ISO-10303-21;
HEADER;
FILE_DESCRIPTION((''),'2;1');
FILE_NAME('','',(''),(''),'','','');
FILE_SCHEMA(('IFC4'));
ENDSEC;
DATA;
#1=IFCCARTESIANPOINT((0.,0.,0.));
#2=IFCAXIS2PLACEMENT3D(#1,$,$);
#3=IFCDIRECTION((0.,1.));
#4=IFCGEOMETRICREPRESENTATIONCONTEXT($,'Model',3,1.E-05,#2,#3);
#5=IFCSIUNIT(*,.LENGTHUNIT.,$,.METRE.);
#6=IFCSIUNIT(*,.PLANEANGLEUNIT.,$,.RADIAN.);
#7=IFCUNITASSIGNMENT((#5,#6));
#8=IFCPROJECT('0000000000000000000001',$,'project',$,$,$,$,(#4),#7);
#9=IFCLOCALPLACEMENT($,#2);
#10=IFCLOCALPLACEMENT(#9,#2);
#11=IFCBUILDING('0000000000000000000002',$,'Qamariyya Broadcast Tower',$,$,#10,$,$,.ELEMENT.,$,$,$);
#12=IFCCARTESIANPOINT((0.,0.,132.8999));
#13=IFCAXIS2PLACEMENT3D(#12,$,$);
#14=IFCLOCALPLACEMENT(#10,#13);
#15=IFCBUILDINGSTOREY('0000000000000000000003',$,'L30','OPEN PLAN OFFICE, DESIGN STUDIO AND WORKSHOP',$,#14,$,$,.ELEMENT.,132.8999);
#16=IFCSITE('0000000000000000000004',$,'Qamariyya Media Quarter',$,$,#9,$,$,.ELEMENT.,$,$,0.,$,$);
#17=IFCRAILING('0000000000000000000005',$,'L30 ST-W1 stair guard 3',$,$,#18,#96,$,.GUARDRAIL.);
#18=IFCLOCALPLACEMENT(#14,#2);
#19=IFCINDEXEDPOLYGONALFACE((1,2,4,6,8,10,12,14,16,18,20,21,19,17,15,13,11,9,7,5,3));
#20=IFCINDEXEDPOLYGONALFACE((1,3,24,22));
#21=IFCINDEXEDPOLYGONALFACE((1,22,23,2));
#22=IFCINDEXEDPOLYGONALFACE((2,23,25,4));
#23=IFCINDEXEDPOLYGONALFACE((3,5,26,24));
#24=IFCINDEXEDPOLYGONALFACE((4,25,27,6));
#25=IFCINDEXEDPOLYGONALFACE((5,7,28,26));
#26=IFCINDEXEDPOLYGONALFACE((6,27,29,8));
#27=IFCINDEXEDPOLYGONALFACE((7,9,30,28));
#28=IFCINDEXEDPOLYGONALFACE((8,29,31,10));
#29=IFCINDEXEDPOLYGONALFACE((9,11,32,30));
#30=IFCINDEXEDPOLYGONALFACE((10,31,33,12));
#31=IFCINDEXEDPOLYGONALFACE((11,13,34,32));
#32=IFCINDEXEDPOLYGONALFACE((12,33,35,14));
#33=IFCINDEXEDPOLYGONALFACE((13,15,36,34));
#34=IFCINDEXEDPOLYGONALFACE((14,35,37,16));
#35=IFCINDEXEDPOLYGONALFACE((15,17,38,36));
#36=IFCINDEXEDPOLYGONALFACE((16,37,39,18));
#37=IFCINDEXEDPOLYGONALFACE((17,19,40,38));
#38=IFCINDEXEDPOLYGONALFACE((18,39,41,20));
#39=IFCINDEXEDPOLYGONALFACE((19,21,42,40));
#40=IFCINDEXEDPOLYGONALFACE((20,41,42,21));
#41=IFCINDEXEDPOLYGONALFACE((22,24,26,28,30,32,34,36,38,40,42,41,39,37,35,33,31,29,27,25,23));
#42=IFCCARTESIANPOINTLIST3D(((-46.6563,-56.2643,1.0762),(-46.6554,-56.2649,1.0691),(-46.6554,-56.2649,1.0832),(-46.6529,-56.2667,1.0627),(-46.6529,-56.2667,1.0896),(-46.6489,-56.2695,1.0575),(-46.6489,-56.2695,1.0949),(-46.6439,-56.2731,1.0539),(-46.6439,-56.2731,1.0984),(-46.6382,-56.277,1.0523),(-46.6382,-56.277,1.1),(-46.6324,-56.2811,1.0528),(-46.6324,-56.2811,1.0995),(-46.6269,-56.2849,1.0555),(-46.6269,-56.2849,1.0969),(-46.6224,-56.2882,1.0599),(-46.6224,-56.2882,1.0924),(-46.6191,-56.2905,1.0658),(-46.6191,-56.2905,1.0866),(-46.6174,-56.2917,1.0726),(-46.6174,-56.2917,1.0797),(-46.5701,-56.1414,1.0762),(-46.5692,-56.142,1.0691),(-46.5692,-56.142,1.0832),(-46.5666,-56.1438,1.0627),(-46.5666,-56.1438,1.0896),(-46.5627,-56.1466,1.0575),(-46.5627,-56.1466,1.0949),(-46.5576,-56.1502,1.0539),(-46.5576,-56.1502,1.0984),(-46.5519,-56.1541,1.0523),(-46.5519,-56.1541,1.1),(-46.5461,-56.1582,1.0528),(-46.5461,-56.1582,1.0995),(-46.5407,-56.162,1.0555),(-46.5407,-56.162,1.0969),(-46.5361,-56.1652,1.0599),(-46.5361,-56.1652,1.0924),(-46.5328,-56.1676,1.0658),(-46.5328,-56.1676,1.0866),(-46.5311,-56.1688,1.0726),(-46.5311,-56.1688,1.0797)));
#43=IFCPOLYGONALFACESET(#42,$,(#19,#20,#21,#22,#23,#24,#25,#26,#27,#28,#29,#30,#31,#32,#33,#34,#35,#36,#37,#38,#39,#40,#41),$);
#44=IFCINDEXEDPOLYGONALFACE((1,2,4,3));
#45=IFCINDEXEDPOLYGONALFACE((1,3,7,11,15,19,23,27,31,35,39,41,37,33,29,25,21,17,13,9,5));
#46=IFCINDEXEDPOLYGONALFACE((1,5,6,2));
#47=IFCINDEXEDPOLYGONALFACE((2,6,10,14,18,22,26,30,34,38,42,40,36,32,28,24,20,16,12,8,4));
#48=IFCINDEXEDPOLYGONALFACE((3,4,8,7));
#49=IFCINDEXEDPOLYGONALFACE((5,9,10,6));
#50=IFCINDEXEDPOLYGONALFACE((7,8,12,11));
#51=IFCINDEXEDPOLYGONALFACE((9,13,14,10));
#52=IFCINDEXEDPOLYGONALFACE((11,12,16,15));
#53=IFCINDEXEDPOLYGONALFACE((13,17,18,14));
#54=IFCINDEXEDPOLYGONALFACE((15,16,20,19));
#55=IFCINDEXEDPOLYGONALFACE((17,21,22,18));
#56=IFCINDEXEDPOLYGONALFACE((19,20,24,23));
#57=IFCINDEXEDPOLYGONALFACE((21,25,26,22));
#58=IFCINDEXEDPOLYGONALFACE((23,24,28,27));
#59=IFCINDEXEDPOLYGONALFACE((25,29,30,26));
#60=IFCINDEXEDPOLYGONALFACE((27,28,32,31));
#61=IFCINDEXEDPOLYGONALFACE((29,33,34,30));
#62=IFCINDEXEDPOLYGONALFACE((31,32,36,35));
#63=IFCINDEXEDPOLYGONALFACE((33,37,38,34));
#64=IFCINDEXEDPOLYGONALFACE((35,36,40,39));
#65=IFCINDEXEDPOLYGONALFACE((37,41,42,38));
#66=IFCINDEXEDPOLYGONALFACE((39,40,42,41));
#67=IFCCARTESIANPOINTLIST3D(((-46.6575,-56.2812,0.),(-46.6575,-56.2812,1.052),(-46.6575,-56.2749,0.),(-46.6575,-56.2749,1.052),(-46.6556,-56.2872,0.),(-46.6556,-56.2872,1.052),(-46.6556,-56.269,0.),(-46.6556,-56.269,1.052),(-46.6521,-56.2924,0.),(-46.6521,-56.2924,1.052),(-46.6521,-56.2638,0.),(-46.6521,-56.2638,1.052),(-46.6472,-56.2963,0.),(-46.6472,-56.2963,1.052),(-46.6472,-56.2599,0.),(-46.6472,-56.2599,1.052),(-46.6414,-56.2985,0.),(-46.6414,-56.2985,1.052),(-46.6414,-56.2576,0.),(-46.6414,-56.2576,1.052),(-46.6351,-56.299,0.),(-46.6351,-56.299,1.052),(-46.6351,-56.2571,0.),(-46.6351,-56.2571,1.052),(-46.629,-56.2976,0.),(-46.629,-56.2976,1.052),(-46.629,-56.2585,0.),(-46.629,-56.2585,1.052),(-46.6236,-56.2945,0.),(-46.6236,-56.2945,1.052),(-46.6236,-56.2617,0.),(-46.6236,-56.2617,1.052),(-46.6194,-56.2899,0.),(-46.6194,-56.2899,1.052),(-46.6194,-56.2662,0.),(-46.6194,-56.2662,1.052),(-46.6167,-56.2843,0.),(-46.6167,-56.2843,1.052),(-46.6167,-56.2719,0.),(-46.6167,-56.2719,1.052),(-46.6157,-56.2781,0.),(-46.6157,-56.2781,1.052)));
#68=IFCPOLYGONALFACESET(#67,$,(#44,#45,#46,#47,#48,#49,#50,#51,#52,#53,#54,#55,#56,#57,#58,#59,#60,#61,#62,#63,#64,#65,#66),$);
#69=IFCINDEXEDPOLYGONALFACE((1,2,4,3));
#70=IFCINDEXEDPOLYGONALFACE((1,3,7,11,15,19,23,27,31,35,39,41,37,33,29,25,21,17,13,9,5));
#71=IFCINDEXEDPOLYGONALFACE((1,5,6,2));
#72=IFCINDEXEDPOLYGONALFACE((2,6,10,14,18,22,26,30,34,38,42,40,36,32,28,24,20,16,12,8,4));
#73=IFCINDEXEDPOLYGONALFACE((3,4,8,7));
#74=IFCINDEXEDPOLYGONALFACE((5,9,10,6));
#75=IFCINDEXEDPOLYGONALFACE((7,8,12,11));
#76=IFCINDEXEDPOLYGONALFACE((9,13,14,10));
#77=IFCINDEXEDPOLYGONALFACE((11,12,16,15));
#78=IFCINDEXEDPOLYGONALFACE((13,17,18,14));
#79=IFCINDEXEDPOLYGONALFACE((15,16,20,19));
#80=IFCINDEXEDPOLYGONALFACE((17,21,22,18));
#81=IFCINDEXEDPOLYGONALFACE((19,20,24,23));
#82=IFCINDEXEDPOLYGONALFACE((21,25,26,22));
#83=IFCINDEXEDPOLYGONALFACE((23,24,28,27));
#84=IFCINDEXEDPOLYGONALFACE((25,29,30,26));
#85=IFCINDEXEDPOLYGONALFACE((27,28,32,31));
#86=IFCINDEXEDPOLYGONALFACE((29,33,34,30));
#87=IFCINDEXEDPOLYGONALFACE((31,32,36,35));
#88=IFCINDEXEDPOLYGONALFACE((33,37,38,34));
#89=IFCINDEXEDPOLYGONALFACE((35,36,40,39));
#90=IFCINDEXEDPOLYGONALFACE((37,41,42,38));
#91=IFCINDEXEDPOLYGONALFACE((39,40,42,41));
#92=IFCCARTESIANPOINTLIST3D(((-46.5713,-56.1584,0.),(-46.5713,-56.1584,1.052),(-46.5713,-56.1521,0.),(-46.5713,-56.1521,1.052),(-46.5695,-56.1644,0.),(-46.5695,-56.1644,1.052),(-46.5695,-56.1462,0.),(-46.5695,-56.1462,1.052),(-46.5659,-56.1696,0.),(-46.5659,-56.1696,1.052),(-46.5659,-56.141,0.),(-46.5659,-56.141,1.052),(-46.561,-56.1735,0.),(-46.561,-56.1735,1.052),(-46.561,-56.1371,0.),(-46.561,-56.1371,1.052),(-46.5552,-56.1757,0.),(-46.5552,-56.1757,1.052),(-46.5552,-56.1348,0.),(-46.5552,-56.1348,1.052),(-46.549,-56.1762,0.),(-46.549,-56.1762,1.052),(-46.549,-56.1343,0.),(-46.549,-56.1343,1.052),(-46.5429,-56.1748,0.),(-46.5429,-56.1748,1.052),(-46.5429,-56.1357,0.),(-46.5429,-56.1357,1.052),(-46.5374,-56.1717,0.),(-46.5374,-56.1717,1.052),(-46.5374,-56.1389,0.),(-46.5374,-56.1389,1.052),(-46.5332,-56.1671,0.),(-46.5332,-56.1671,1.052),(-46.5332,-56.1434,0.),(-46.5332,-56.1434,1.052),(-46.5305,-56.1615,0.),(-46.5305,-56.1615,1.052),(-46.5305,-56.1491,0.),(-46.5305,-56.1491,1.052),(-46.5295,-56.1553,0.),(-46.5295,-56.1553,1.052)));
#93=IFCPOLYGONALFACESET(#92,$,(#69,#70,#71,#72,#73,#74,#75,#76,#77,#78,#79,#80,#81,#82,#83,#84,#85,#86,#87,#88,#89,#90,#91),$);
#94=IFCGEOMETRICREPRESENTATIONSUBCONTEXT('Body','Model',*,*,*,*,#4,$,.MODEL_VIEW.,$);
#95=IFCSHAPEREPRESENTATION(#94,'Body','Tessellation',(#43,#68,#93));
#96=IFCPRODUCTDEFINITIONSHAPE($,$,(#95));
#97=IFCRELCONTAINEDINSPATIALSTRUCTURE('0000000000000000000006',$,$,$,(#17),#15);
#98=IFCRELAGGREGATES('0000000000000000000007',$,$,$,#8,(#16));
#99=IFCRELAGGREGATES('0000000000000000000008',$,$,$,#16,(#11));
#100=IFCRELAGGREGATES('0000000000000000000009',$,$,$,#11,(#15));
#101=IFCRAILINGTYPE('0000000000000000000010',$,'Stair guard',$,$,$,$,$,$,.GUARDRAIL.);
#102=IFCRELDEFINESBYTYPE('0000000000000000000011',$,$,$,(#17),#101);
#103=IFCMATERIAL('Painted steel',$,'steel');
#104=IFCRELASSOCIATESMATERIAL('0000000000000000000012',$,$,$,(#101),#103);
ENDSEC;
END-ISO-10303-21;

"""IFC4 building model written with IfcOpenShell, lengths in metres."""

from ifc_helpers import new_model, si_unit, direction, frame, origin, origin_2d, place, context, subcontext, project, spatial, circle, extrude, material, type_object, element, save


model = new_model("IFC4")

# Units and contexts
model_context = context("Model", 3, precision=1e-05, world=origin(), true_north=direction((0.0, 1.0)))
body_context = subcontext(model_context, "Body", "Model", "MODEL_VIEW")
ifc_project = project(units=[si_unit("LENGTHUNIT", "METRE"), si_unit("PLANEANGLEUNIT", "RADIAN")], contexts=[model_context])

# Site, building, storey
site_placement = place(None, origin())
site = spatial("IfcSite", under=ifc_project, at=site_placement, Name="Qamariyya Media Quarter", CompositionType="ELEMENT", RefElevation=0.0)
building_placement = place(site_placement, origin())
building = spatial("IfcBuilding", under=site, at=building_placement, Name="Qamariyya Broadcast Tower", CompositionType="ELEMENT")
storey_placement = place(building_placement, frame((0.0, 0.0, 132.8999)))
storey = spatial("IfcBuildingStorey", under=building, at=storey_placement, Name="L30", Description="OPEN PLAN OFFICE, DESIGN STUDIO AND WORKSHOP", CompositionType="ELEMENT", Elevation=132.8999)

# Railing
ifc_material_1 = material(Name="Painted steel", Category="steel")
railing_type_1 = type_object("IfcRailingType", Name="Stair guard", PredefinedType="GUARDRAIL", material=ifc_material_1)
railing_1_placement = place(storey_placement, frame((-46.6367, -56.2781, 0.0)))
element("IfcRailing", 1, at=railing_1_placement, inside=storey, type_object=railing_type_1, Name="L30 ST-W1 stair guard 3", PredefinedType="GUARDRAIL", context=body_context, shape_type="SweptSolid", body=[
    extrude(circle(Radius=0.0239, at=origin_2d()), frame((0.0, 0.0, 1.0762), z_axis=(0.574445, 0.818543, 0.0), x_axis=(-0.818543, 0.574445, 0.0)), (0.0, 0.0, 1.0), 0.1501),
    extrude(circle(Radius=0.021, at=origin_2d()), origin(), (0.0, 0.0, 1.0), 1.052),
    extrude(circle(Radius=0.021, at=origin_2d()), frame((0.0862, 0.1228, 0.0)), (0.0, 0.0, 1.0), 1.052),
])

save(model, "model.ifc")
